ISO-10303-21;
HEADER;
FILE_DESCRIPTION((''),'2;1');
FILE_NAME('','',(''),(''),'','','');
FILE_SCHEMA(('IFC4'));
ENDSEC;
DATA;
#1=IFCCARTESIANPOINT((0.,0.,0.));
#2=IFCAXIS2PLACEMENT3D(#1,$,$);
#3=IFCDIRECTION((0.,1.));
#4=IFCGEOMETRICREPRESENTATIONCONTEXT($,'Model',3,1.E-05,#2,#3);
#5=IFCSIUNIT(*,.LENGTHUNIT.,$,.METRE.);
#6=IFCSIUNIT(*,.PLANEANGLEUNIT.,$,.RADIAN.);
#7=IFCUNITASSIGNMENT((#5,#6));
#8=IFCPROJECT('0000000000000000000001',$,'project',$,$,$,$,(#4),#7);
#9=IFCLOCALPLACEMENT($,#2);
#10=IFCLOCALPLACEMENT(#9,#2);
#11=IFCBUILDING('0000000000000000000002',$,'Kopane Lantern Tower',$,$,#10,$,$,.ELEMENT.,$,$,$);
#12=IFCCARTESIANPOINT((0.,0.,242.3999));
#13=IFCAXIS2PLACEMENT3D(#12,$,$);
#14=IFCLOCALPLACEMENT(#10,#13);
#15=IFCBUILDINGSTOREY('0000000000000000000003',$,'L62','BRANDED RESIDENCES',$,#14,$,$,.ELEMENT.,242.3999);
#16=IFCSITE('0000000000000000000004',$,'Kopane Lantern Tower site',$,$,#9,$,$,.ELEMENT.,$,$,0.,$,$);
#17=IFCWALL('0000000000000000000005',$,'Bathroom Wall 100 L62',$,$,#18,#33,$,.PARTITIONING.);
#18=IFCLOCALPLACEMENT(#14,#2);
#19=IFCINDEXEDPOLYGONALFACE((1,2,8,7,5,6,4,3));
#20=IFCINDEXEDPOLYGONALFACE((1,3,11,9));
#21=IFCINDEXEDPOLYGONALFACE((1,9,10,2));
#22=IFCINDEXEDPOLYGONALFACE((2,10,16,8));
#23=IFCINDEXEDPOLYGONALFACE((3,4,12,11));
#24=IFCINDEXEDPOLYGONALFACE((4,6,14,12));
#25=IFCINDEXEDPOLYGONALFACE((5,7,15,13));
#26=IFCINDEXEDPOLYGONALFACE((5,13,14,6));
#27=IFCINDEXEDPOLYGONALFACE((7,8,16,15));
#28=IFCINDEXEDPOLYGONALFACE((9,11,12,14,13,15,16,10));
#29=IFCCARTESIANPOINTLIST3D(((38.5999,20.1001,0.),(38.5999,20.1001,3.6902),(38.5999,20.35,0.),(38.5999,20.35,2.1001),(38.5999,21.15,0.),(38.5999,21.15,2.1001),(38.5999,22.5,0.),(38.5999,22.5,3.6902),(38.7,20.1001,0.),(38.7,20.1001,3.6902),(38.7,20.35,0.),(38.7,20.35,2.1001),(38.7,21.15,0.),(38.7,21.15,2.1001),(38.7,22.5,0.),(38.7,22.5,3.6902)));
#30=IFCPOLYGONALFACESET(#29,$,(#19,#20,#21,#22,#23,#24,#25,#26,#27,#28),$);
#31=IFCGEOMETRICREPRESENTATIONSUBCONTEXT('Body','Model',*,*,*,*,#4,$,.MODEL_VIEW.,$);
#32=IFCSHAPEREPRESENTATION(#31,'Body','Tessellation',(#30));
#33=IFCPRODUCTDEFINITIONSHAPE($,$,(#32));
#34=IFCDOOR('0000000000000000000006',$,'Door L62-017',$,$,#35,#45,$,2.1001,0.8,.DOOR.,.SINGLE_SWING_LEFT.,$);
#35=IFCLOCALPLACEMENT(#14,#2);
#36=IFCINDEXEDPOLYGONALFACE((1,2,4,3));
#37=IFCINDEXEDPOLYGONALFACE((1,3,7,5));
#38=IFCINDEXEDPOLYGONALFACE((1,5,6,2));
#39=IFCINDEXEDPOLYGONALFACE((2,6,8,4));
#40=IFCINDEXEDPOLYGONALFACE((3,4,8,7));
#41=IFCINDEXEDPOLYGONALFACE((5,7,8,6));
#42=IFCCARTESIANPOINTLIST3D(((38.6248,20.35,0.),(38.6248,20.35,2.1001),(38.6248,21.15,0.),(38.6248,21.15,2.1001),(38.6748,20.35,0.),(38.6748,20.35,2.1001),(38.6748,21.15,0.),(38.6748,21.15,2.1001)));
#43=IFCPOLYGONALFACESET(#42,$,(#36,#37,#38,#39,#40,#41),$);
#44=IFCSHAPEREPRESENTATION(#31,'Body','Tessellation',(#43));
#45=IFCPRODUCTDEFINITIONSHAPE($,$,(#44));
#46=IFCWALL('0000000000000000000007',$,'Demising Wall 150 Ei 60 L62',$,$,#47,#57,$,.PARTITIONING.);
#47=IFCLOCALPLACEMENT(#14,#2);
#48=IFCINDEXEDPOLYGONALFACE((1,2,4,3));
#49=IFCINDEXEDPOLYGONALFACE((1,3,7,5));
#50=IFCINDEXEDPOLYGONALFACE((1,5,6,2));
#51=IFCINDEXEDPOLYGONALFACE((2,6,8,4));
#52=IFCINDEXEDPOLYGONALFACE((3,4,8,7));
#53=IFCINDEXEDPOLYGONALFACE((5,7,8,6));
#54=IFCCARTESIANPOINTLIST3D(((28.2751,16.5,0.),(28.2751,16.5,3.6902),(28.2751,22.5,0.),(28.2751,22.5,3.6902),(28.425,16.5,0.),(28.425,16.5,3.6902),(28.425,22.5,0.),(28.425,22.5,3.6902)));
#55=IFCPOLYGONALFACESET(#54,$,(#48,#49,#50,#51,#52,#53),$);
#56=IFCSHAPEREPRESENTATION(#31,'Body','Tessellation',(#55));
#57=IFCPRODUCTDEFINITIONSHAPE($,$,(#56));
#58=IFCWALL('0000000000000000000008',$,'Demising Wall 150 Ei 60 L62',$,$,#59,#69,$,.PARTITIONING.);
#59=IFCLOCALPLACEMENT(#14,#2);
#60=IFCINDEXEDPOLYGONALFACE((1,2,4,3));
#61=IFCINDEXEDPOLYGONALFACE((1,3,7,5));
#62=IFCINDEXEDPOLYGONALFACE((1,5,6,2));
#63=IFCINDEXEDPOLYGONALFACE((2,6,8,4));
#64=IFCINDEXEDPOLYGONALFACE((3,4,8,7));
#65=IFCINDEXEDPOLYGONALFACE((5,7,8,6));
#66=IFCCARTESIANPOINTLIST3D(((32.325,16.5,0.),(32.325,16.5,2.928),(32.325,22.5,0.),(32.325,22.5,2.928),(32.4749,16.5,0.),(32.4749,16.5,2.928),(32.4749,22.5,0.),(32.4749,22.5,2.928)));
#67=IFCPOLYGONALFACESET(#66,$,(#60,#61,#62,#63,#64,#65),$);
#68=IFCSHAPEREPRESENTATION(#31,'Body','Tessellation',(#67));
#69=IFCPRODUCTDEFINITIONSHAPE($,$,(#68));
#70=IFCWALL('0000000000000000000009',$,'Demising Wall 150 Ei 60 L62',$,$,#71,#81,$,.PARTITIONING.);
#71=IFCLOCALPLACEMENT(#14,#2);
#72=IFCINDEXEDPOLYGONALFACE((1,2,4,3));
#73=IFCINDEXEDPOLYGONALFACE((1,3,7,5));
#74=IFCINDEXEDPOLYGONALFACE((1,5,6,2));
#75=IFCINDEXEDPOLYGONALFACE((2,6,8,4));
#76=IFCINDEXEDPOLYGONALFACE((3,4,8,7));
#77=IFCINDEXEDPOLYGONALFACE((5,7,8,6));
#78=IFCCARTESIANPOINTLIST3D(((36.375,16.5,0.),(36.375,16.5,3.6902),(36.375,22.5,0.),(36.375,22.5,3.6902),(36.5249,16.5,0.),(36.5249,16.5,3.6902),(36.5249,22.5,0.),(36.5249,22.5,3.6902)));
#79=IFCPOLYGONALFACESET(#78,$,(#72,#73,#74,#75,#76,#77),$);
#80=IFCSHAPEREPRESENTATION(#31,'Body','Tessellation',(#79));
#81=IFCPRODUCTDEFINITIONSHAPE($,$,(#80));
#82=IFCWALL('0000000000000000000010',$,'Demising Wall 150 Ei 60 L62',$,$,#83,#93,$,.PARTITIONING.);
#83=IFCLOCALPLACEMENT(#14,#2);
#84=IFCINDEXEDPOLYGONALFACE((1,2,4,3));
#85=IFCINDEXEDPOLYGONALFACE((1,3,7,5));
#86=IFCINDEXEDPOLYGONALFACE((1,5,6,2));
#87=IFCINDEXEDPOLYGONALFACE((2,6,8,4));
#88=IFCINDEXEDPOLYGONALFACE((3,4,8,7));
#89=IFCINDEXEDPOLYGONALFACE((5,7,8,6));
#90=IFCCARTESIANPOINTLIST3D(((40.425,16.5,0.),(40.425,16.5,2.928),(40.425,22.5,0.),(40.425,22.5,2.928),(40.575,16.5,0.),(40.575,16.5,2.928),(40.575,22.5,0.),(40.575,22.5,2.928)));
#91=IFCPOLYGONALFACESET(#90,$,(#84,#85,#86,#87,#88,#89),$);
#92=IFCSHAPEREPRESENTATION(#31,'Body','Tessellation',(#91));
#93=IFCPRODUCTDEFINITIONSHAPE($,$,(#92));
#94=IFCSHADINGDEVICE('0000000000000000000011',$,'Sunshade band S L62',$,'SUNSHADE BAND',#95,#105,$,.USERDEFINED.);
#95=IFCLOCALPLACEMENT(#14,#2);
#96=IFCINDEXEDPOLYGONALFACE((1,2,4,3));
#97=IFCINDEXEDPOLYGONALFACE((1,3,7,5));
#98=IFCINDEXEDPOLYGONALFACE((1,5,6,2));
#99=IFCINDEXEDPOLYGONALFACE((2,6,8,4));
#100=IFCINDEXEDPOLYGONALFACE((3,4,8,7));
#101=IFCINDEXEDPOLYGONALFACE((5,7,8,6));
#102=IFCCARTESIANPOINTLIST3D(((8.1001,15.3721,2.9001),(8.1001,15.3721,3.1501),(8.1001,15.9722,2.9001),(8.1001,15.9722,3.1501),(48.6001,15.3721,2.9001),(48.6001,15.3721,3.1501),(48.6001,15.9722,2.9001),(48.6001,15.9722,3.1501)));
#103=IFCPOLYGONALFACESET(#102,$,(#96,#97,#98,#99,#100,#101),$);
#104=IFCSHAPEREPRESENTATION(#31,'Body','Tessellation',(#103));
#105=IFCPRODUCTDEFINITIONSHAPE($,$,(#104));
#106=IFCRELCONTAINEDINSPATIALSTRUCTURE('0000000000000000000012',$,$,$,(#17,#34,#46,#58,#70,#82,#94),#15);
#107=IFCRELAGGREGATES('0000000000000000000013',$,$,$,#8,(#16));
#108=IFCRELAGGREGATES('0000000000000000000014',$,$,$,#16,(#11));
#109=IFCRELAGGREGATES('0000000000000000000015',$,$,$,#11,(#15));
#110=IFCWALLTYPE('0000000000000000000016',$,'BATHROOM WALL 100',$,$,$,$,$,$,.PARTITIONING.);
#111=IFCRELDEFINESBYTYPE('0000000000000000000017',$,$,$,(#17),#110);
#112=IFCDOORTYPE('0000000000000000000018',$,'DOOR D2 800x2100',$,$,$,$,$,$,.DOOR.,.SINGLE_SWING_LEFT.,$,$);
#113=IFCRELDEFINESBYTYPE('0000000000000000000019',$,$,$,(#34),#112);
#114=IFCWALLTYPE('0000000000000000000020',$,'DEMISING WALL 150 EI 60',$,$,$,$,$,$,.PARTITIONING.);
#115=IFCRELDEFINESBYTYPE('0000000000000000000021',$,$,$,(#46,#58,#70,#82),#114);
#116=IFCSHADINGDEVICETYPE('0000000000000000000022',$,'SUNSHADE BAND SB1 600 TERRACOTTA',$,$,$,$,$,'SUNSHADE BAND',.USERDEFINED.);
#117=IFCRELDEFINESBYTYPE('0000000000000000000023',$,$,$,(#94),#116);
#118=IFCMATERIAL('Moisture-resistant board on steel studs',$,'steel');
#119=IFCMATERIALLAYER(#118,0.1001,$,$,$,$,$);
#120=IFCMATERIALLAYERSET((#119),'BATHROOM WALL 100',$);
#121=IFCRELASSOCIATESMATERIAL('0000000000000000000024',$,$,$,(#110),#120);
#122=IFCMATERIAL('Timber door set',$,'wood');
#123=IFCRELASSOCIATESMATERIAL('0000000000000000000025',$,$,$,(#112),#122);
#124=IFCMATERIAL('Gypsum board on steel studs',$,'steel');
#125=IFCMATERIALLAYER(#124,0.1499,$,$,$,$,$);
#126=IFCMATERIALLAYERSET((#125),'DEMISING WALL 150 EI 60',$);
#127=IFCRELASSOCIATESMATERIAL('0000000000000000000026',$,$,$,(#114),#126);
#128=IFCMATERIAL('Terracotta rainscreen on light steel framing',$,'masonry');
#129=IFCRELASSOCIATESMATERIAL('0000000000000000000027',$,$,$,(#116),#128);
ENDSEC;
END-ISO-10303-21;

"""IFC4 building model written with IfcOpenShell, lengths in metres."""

from ifc_helpers import new_model, si_unit, direction, frame, frame_2d, origin, origin_2d, place, context, subcontext, project, spatial, rectangle, extrude, material, layer, layer_set, type_object, element, fill, save


model = new_model("IFC4")

# Units and contexts
model_context = context("Model", 3, precision=1e-05, world=origin(), true_north=direction((0.0, 1.0)))
body_context = subcontext(model_context, "Body", "Model", "MODEL_VIEW")
ifc_project = project(units=[si_unit("LENGTHUNIT", "METRE"), si_unit("PLANEANGLEUNIT", "RADIAN")], contexts=[model_context])

# Site, building, storey
site_placement = place(None, origin())
site = spatial("IfcSite", under=ifc_project, at=site_placement, Name="Kopane Lantern Tower site", CompositionType="ELEMENT", RefElevation=0.0)
building_placement = place(site_placement, origin())
building = spatial("IfcBuilding", under=site, at=building_placement, Name="Kopane Lantern Tower", CompositionType="ELEMENT")
storey_placement = place(building_placement, frame((0.0, 0.0, 242.3999)))
storey = spatial("IfcBuildingStorey", under=building, at=storey_placement, Name="L62", Description="BRANDED RESIDENCES", CompositionType="ELEMENT", Elevation=242.3999)

# Shared definitions
ifc_material_1 = material(Name="Moisture-resistant board on steel studs", Category="steel")
ifc_layer_1 = layer(ifc_material_1, 0.1001)
ifc_layer_set_1 = layer_set([ifc_layer_1], Name="BATHROOM WALL 100")
wall_type_1 = type_object("IfcWallType", Name="BATHROOM WALL 100", PredefinedType="PARTITIONING", material=ifc_layer_set_1)
ifc_material_2 = material(Name="Timber door set", Category="wood")
door_type_1 = type_object("IfcDoorType", Name="DOOR D2 800x2100", OperationType="SINGLE_SWING_LEFT", PredefinedType="DOOR", material=ifc_material_2)

# Wall, opening, door
wall_1_placement = place(storey_placement, frame((38.6499, 22.5, 0.0), z_axis=(0.0, 0.0, 1.0), x_axis=(0.0, -1.0, 0.0)))
wall_1 = element("IfcWall", 1, at=wall_1_placement, inside=storey, type_object=wall_type_1, Name="Bathroom Wall 100 L62", PredefinedType="PARTITIONING", context=body_context, shape_type="SweptSolid", body=[
    extrude(rectangle(XDim=2.3999, YDim=0.1001, at=frame_2d((1.2, 0.0))), origin(), (0.0, 0.0, 1.0), 3.6902),
])
opening_1_placement = place(wall_1_placement, frame((1.3501, 0.0, 0.0)))
opening_1 = element("IfcOpeningElement", 2, at=opening_1_placement, cuts=wall_1, PredefinedType="OPENING", context=body_context, shape_type="SweptSolid", body=[
    extrude(rectangle(XDim=0.8, YDim=2.1001, at=frame_2d((0.3999, 1.05))), frame((0.0, 0.0601, 0.0), z_axis=(0.0, -1.0, 0.0), x_axis=(1.0, 0.0, 0.0)), (0.0, 0.0, 1.0), 0.1201),
])
door_1_placement = place(opening_1_placement, origin())
door_1 = element("IfcDoor", 3, at=door_1_placement, inside=storey, type_object=door_type_1, Name="Door L62-017", OperationType="SINGLE_SWING_LEFT", OverallHeight=2.1001, OverallWidth=0.8, PredefinedType="DOOR", context=body_context, shape_type="SweptSolid", body=[
    extrude(rectangle(XDim=0.8, YDim=2.1001, at=frame_2d((0.3999, 1.05))), frame((0.0, 0.0249, 0.0), z_axis=(0.0, -1.0, 0.0), x_axis=(1.0, 0.0, 0.0)), (0.0, 0.0, 1.0), 0.05),
])
fill(opening_1, door_1)

# Walls
ifc_material_3 = material(Name="Gypsum board on steel studs", Category="steel")
ifc_layer_2 = layer(ifc_material_3, 0.1499)
ifc_layer_set_2 = layer_set([ifc_layer_2], Name="DEMISING WALL 150 EI 60")
wall_type_2 = type_object("IfcWallType", Name="DEMISING WALL 150 EI 60", PredefinedType="PARTITIONING", material=ifc_layer_set_2)
wall_2_placement = place(storey_placement, frame((28.3501, 22.5, 0.0), z_axis=(0.0, 0.0, 1.0), x_axis=(0.0, -1.0, 0.0)))
element("IfcWall", 4, at=wall_2_placement, inside=storey, type_object=wall_type_2, Name="Demising Wall 150 Ei 60 L62", PredefinedType="PARTITIONING", context=body_context, shape_type="SweptSolid", body=[
    extrude(rectangle(XDim=6.0, YDim=0.1499, at=frame_2d((3.0, 0.0))), origin(), (0.0, 0.0, 1.0), 3.6902),
])
wall_3_placement = place(storey_placement, frame((32.3999, 22.5, 0.0), z_axis=(0.0, 0.0, 1.0), x_axis=(0.0, -1.0, 0.0)))
element("IfcWall", 5, at=wall_3_placement, inside=storey, type_object=wall_type_2, Name="Demising Wall 150 Ei 60 L62", PredefinedType="PARTITIONING", context=body_context, shape_type="SweptSolid", body=[
    extrude(rectangle(XDim=6.0, YDim=0.1499, at=frame_2d((3.0, 0.0))), origin(), (0.0, 0.0, 1.0), 2.928),
])
wall_4_placement = place(storey_placement, frame((36.45, 22.5, 0.0), z_axis=(0.0, 0.0, 1.0), x_axis=(0.0, -1.0, 0.0)))
element("IfcWall", 6, at=wall_4_placement, inside=storey, type_object=wall_type_2, Name="Demising Wall 150 Ei 60 L62", PredefinedType="PARTITIONING", context=body_context, shape_type="SweptSolid", body=[
    extrude(rectangle(XDim=6.0, YDim=0.1499, at=frame_2d((3.0, 0.0))), origin(), (0.0, 0.0, 1.0), 3.6902),
])
wall_5_placement = place(storey_placement, frame((40.5, 22.5, 0.0), z_axis=(0.0, 0.0, 1.0), x_axis=(0.0, -1.0, 0.0)))
element("IfcWall", 7, at=wall_5_placement, inside=storey, type_object=wall_type_2, Name="Demising Wall 150 Ei 60 L62", PredefinedType="PARTITIONING", context=body_context, shape_type="SweptSolid", body=[
    extrude(rectangle(XDim=6.0, YDim=0.1499, at=frame_2d((3.0, 0.0))), origin(), (0.0, 0.0, 1.0), 2.928),
])

# Shading device
ifc_material_4 = material(Name="Terracotta rainscreen on light steel framing", Category="masonry")
shading_device_type = type_object("IfcShadingDeviceType", Name="SUNSHADE BAND SB1 600 TERRACOTTA", ElementType="SUNSHADE BAND", PredefinedType="USERDEFINED", material=ifc_material_4)
shading_device_placement = place(storey_placement, frame((28.3501, 15.6721, 2.9001), z_axis=(0.0, 0.0, 1.0), x_axis=(1.0, 0.0, 0.0)))
element("IfcShadingDevice", 8, at=shading_device_placement, inside=storey, type_object=shading_device_type, Name="Sunshade band S L62", ObjectType="SUNSHADE BAND", PredefinedType="USERDEFINED", context=body_context, shape_type="SweptSolid", body=[
    extrude(rectangle(XDim=40.5, YDim=0.6001, at=origin_2d()), origin(), (0.0, 0.0, 1.0), 0.25),
])

save(model, "model.ifc")
